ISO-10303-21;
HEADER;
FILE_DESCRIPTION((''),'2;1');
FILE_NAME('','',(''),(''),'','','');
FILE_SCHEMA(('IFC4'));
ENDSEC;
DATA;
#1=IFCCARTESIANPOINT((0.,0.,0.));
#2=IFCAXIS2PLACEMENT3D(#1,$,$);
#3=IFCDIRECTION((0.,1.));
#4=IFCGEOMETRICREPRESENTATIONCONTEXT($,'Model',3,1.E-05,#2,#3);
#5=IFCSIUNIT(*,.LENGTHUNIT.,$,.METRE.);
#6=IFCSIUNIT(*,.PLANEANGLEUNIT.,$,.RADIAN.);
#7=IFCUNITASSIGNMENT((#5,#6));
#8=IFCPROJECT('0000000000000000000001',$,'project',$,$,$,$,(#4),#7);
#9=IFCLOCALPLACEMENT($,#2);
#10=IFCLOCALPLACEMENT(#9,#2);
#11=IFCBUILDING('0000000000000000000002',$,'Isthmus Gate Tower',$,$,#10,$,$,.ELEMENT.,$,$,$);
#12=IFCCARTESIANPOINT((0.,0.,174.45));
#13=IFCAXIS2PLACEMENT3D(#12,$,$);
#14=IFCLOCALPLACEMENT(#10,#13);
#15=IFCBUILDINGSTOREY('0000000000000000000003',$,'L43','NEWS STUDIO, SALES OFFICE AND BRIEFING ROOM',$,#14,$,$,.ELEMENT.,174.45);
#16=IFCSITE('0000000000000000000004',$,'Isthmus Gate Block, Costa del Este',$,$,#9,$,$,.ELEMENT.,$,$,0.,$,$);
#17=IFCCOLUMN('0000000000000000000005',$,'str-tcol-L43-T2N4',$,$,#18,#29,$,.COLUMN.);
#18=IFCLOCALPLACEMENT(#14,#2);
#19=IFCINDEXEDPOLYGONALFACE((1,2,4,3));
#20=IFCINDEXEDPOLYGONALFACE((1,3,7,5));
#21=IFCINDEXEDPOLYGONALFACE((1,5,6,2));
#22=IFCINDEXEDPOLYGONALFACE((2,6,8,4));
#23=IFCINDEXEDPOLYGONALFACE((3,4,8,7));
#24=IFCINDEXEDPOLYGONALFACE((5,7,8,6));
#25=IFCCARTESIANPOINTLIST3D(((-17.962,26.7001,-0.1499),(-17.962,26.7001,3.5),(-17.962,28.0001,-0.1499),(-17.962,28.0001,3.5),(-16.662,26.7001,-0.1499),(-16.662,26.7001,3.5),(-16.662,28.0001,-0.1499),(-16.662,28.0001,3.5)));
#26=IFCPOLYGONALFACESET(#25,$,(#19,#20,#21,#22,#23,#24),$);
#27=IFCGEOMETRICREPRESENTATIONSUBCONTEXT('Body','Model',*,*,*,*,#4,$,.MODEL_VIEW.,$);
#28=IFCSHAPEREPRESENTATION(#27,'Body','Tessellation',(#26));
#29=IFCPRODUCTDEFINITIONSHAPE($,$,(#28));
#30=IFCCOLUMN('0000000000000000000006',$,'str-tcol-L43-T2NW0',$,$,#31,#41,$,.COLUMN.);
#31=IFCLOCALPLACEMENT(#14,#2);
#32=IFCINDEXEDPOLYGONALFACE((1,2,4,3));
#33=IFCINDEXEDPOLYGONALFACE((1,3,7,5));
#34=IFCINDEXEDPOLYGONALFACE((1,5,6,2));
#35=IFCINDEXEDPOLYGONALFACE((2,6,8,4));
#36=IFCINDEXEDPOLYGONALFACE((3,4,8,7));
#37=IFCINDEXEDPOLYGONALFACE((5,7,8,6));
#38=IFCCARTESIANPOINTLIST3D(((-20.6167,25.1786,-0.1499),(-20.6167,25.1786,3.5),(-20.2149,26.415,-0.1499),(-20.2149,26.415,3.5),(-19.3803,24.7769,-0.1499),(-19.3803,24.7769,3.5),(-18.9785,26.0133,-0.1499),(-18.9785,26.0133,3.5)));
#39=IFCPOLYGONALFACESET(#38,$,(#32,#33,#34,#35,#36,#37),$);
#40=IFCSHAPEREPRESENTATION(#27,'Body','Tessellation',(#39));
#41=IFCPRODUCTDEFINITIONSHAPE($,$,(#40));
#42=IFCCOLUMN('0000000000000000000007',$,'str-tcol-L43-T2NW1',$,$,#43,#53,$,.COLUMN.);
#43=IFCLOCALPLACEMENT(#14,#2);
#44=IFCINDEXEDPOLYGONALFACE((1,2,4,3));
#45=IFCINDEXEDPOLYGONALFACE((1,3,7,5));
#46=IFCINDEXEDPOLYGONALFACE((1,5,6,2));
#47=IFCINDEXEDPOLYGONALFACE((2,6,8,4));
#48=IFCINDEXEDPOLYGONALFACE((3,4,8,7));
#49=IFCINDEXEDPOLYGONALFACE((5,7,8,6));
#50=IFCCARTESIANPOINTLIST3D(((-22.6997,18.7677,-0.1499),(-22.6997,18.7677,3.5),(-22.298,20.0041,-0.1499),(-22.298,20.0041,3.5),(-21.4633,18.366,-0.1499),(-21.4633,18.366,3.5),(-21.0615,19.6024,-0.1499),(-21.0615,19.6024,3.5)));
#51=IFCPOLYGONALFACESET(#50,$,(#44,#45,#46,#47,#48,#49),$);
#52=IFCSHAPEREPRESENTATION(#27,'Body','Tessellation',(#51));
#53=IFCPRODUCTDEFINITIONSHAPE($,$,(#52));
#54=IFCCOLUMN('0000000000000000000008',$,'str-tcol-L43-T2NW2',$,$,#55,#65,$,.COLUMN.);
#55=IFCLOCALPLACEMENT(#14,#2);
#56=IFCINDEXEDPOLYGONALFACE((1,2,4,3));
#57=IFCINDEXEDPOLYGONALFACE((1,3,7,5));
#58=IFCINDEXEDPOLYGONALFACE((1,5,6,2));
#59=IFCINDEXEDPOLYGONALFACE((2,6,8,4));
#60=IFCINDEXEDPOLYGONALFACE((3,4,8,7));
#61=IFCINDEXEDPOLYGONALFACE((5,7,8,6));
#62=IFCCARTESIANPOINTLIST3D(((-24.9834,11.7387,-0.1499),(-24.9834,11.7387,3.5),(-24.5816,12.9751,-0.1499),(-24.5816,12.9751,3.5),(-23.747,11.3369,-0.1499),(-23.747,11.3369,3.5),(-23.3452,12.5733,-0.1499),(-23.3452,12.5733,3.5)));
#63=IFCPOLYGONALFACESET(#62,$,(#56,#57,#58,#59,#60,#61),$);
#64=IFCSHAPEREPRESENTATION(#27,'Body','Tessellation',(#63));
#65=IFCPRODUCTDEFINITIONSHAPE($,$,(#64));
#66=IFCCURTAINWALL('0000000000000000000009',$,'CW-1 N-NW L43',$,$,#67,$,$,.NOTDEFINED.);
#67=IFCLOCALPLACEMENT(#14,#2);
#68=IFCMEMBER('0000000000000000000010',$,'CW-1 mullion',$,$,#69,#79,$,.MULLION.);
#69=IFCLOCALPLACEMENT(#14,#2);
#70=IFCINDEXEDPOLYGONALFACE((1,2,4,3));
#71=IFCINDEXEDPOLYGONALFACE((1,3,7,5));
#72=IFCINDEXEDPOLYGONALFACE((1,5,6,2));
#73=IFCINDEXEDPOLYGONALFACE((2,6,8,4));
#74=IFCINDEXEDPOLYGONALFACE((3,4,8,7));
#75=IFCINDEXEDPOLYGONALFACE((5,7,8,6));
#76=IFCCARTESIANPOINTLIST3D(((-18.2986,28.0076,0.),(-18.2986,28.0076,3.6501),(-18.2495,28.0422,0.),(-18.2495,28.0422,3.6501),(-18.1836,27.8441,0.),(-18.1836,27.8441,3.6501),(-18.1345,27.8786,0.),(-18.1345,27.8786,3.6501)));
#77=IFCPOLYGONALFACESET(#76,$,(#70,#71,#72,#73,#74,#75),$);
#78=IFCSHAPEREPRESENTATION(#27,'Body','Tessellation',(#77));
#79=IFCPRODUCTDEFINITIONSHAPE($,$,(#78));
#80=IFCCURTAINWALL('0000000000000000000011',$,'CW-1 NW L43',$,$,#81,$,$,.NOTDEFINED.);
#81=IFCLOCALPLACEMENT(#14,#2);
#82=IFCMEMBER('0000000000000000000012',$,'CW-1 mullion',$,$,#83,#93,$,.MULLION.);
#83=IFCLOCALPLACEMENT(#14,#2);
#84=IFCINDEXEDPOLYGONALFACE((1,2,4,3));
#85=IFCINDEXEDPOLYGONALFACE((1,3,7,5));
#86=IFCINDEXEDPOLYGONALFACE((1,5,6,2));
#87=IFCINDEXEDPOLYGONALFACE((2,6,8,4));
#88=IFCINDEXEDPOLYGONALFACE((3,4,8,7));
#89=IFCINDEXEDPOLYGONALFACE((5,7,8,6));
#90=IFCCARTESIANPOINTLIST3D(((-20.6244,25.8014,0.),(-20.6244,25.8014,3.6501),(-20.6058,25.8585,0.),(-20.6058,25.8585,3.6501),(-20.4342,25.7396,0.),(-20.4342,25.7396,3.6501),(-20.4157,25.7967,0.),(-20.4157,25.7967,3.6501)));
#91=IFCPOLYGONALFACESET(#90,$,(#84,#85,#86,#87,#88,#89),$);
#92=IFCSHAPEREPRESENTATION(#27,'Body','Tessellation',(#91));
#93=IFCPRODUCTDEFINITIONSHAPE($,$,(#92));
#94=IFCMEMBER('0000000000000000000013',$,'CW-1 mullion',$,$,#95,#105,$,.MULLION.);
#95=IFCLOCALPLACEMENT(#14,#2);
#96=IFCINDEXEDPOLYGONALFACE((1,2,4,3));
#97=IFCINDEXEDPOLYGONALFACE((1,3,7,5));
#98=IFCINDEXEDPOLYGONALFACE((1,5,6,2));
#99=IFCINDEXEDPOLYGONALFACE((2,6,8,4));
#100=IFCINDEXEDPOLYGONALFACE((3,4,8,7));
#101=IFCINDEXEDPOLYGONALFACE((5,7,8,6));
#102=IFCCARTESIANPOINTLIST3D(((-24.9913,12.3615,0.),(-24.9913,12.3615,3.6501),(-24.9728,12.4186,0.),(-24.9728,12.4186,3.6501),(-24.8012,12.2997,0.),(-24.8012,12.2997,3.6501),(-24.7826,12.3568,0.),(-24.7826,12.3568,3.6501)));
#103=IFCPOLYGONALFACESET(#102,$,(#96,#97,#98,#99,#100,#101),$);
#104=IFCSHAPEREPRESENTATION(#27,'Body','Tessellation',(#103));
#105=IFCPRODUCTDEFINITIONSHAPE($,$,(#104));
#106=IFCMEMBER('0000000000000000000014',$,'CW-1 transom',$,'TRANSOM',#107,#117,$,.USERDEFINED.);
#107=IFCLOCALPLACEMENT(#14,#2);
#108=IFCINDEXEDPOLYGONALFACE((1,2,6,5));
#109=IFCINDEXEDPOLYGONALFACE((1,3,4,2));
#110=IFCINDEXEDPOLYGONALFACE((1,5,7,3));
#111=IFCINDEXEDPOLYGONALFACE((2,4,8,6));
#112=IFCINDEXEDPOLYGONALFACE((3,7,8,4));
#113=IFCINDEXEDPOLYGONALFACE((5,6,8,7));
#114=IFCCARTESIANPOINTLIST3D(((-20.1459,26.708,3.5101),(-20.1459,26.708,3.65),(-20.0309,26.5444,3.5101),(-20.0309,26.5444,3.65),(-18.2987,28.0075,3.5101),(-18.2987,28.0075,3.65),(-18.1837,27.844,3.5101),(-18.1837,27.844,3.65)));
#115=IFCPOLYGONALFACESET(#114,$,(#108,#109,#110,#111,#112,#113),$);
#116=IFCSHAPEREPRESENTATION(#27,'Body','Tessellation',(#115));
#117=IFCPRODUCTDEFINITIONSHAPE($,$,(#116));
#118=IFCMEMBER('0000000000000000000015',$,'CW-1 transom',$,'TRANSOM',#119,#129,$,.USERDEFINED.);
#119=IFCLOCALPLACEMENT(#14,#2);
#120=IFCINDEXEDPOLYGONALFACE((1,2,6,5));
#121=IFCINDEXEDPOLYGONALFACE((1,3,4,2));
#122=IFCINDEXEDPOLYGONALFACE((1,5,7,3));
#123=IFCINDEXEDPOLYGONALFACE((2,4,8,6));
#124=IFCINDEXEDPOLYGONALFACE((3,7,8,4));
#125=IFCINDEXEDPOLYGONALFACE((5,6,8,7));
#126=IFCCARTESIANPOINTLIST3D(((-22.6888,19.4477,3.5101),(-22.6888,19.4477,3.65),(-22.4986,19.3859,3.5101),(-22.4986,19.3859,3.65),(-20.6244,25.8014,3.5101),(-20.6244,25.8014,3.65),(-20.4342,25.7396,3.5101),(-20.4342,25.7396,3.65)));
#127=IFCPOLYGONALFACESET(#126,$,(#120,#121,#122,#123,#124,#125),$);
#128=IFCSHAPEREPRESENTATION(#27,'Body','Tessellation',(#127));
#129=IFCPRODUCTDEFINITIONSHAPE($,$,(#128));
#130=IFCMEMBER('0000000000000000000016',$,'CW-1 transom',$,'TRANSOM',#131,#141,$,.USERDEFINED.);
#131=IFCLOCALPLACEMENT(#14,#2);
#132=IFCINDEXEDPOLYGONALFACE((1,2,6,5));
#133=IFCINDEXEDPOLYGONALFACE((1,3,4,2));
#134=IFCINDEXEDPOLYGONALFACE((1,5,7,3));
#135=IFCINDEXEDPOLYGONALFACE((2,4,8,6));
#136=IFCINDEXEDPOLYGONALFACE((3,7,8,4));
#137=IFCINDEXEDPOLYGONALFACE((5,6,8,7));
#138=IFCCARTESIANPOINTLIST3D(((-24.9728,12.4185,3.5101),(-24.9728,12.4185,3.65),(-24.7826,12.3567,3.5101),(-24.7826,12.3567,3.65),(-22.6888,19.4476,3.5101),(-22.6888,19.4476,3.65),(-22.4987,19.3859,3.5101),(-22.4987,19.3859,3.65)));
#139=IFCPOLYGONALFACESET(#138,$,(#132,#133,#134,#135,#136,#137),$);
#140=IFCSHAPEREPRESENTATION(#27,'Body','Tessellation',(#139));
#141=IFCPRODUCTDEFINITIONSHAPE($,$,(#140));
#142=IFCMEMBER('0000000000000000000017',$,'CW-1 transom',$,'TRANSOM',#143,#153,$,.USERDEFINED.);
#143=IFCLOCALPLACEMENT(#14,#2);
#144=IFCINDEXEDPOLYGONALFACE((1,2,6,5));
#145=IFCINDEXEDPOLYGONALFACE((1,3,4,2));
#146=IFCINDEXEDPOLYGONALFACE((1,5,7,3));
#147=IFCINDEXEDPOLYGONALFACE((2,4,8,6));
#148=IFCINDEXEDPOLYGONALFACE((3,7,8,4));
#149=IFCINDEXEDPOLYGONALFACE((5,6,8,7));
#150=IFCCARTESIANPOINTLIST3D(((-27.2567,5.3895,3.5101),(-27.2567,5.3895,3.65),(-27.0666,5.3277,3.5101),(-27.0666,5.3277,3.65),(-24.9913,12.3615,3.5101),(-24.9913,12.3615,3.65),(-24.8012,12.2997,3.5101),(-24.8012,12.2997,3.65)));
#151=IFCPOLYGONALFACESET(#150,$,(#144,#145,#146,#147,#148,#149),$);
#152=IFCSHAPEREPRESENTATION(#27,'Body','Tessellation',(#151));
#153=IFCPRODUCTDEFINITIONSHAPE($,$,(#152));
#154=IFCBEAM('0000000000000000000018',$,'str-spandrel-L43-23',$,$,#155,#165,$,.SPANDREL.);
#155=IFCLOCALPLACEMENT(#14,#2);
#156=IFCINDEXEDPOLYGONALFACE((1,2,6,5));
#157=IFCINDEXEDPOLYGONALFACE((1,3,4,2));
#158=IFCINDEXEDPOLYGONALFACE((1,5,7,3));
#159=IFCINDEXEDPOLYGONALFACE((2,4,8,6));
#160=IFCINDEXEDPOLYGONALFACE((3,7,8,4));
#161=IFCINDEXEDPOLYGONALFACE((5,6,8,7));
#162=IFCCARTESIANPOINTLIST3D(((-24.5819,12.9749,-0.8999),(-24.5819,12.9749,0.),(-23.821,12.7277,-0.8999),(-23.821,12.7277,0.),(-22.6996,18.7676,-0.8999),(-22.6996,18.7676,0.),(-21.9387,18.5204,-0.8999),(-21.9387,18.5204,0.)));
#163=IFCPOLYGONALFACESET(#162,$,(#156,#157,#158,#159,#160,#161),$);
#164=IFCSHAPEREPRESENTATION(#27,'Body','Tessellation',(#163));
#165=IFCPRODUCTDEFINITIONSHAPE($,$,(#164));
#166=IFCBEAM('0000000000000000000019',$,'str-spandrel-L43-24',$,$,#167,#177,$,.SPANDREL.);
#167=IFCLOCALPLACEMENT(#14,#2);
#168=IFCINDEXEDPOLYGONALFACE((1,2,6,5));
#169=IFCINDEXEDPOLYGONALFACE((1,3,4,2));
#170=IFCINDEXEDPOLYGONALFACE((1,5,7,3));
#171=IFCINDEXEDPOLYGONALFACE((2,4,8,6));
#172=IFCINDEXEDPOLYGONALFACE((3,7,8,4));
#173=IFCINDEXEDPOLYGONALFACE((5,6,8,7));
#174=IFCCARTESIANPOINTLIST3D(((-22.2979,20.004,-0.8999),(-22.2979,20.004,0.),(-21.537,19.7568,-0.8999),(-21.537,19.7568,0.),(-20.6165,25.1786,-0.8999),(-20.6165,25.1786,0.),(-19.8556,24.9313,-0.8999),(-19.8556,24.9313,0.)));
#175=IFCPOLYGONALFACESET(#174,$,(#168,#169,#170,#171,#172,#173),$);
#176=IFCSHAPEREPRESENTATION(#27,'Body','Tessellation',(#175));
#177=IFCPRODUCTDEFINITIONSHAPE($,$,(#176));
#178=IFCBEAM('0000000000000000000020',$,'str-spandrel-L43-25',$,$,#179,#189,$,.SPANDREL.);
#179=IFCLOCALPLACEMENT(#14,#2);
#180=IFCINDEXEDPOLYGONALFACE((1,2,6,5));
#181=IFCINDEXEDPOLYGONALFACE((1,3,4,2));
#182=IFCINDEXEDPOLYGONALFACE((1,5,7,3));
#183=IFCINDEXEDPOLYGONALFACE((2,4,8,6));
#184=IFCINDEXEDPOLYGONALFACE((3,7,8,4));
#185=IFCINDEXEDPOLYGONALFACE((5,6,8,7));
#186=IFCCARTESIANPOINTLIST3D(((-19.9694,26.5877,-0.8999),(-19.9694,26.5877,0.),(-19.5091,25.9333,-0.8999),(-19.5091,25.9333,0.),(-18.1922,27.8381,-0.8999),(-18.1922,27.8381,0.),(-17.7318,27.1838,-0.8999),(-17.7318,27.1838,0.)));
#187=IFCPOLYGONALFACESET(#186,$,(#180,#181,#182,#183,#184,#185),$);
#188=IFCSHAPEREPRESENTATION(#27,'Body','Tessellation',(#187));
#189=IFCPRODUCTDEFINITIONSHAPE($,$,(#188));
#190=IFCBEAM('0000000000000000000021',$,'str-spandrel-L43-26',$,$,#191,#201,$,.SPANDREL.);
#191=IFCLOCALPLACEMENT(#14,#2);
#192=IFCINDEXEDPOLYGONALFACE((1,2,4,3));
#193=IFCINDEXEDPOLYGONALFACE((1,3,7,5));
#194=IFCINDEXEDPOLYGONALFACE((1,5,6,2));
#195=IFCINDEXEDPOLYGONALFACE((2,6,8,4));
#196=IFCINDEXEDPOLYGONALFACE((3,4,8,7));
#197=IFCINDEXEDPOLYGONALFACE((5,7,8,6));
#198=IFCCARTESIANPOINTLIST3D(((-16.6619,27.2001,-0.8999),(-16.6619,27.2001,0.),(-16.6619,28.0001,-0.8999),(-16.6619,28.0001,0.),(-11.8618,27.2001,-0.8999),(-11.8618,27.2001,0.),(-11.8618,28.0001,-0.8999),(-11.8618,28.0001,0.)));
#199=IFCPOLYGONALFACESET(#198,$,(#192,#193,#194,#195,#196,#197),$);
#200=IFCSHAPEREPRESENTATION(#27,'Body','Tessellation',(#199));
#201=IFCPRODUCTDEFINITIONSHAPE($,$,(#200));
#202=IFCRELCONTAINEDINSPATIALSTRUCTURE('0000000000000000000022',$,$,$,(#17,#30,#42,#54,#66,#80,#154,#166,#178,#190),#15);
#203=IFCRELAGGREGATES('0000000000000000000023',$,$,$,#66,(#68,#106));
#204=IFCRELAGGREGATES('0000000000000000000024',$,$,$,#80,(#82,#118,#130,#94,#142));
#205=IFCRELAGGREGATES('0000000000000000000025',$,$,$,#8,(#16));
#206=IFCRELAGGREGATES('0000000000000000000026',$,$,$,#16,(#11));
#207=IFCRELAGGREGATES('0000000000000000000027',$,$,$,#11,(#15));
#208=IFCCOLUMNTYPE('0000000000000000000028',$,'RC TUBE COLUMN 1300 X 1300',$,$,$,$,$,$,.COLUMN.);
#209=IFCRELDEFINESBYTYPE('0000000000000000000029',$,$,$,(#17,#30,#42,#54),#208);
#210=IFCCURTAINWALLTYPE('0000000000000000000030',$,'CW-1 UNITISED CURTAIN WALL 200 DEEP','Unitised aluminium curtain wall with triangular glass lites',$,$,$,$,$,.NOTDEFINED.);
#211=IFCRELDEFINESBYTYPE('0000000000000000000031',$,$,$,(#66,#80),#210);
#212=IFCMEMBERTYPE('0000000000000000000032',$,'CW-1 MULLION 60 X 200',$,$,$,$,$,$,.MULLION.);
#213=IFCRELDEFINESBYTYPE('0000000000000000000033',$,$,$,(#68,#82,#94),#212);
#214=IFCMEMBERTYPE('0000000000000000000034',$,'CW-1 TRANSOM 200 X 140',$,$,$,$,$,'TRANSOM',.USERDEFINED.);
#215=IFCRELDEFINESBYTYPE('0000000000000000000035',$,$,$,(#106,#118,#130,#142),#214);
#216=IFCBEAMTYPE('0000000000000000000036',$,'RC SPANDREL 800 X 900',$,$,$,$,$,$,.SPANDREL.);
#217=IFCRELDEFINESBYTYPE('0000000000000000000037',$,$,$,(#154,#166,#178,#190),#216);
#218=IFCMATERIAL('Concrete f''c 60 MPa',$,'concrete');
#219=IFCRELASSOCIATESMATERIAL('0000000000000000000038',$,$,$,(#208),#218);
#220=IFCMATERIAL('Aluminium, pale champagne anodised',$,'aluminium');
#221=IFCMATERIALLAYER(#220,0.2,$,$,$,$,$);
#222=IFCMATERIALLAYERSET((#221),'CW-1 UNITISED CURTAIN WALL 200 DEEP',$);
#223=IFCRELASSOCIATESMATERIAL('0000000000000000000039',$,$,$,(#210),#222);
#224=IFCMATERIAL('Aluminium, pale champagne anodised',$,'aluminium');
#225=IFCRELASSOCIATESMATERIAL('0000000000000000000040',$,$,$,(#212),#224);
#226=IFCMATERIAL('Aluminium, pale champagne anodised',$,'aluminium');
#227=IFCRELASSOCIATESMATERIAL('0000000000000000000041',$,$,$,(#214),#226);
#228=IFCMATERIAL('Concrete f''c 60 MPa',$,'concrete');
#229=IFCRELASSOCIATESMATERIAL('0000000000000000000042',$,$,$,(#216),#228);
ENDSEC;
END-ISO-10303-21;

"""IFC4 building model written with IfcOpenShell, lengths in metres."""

from ifc_helpers import new_model, si_unit, direction, frame, origin, origin_2d, place, context, subcontext, project, spatial, rectangle, extrude, material, layer, layer_set, material_profile, profile_set, type_object, element, aggregate, save


model = new_model("IFC4")

# Units and contexts
model_context = context("Model", 3, precision=1e-05, world=origin(), true_north=direction((0.0, 1.0)))
body_context = subcontext(model_context, "Body", "Model", "MODEL_VIEW")
ifc_project = project(units=[si_unit("LENGTHUNIT", "METRE"), si_unit("PLANEANGLEUNIT", "RADIAN")], contexts=[model_context])

# Site, building, storey
site_placement = place(None, origin())
site = spatial("IfcSite", under=ifc_project, at=site_placement, Name="Isthmus Gate Block, Costa del Este", CompositionType="ELEMENT", RefElevation=0.0)
building_placement = place(site_placement, origin())
building = spatial("IfcBuilding", under=site, at=building_placement, Name="Isthmus Gate Tower", CompositionType="ELEMENT")
storey_placement = place(building_placement, frame((0.0, 0.0, 174.45)))
storey = spatial("IfcBuildingStorey", under=building, at=storey_placement, Name="L43", Description="NEWS STUDIO, SALES OFFICE AND BRIEFING ROOM", CompositionType="ELEMENT", Elevation=174.45)

# Columns
ifc_material_1 = material(Name="Concrete f'c 60 MPa", Category="concrete")
ifc_material_profile_1 = material_profile(ifc_material_1, rectangle(XDim=1.3, YDim=1.3, at=origin_2d()), Name="RC 1300X1300")
ifc_profile_set_1 = profile_set([ifc_material_profile_1], Name="Concrete f'c 60 MPa")
column_type = type_object("IfcColumnType", Name="RC TUBE COLUMN 1300 X 1300", PredefinedType="COLUMN", material=ifc_profile_set_1)
for number, where, z_axis, x_axis, name in (
    (1, (-17.312, 27.3501, -0.1499), (0.0, 0.0, 1.0), (-1.0, 0.0, 0.0), "str-tcol-L43-T2N4"),
    (2, (-19.7976, 25.5959, -0.1499), (0.0, 0.0, 1.0), (-0.309017, -0.951057, 0.0), "str-tcol-L43-T2NW0"),
    (3, (-21.8806, 19.1851, -0.1499), (0.0, 0.0, 1.0), (-0.309017, -0.951057, 0.0), "str-tcol-L43-T2NW1"),
    (4, (-24.1643, 12.156, -0.1499), (0.0, 0.0, 1.0), (-0.309017, -0.951057, 0.0), "str-tcol-L43-T2NW2"),
):
    element("IfcColumn", number, at=place(storey_placement, frame(where, z_axis=z_axis, x_axis=x_axis)), inside=storey, type_object=column_type, Name=name, PredefinedType="COLUMN", context=body_context, shape_type="SweptSolid", body=[
        extrude(rectangle(XDim=1.3, YDim=1.3, at=origin_2d()), origin(), (0.0, 0.0, 1.0), 3.6499),
    ])

# Curtain wall, member
ifc_material_2 = material(Name="Aluminium, pale champagne anodised", Category="aluminium")
ifc_layer_1 = layer(ifc_material_2, 0.2)
ifc_layer_set_1 = layer_set([ifc_layer_1], Name="CW-1 UNITISED CURTAIN WALL 200 DEEP")
curtain_wall_type = type_object("IfcCurtainWallType", Name="CW-1 UNITISED CURTAIN WALL 200 DEEP", Description="Unitised aluminium curtain wall with triangular glass lites", PredefinedType="NOTDEFINED", material=ifc_layer_set_1)
curtain_wall_1_placement = place(storey_placement, origin())
curtain_wall_1 = element("IfcCurtainWall", 5, at=curtain_wall_1_placement, inside=storey, type_object=curtain_wall_type, Name="CW-1 N-NW L43", PredefinedType="NOTDEFINED")
ifc_material_3 = material(Name="Aluminium, pale champagne anodised", Category="aluminium")
ifc_material_profile_2 = material_profile(ifc_material_3, rectangle(XDim=0.0601, YDim=0.2, at=origin_2d()), Name="60x200")
ifc_profile_set_2 = profile_set([ifc_material_profile_2], Name="Aluminium, pale champagne anodised")
member_type_1 = type_object("IfcMemberType", Name="CW-1 MULLION 60 X 200", PredefinedType="MULLION", material=ifc_profile_set_2)
member_1_placement = place(storey_placement, frame((-18.2166, 27.9431, 0.0), z_axis=(0.0, 0.0, 1.0), x_axis=(-0.81786, -0.575418, 0.0)))
member_1 = element("IfcMember", 6, at=member_1_placement, type_object=member_type_1, Name="CW-1 mullion", PredefinedType="MULLION", context=body_context, shape_type="SweptSolid", body=[
    extrude(rectangle(XDim=0.0601, YDim=0.2, at=origin_2d()), origin(), (0.0, 0.0, 1.0), 3.6501),
])

# Curtain wall, members
curtain_wall_2_placement = place(storey_placement, origin())
curtain_wall_2 = element("IfcCurtainWall", 7, at=curtain_wall_2_placement, inside=storey, type_object=curtain_wall_type, Name="CW-1 NW L43", PredefinedType="NOTDEFINED")
member_2_placement = place(storey_placement, frame((-20.52, 25.7991, 0.0), z_axis=(0.0, 0.0, 1.0), x_axis=(-0.309017, -0.951057, 0.0)))
member_2 = element("IfcMember", 8, at=member_2_placement, type_object=member_type_1, Name="CW-1 mullion", PredefinedType="MULLION", context=body_context, shape_type="SweptSolid", body=[
    extrude(rectangle(XDim=0.0601, YDim=0.2, at=origin_2d()), origin(), (0.0, 0.0, 1.0), 3.6501),
])
member_3_placement = place(storey_placement, frame((-24.887, 12.3591, 0.0), z_axis=(0.0, 0.0, 1.0), x_axis=(-0.309017, -0.951057, 0.0)))
member_3 = element("IfcMember", 9, at=member_3_placement, type_object=member_type_1, Name="CW-1 mullion", PredefinedType="MULLION", context=body_context, shape_type="SweptSolid", body=[
    extrude(rectangle(XDim=0.0601, YDim=0.2, at=origin_2d()), origin(), (0.0, 0.0, 1.0), 3.6501),
])

# Members
ifc_material_4 = material(Name="Aluminium, pale champagne anodised", Category="aluminium")
ifc_material_profile_3 = material_profile(ifc_material_4, rectangle(XDim=0.2, YDim=0.1399, at=origin_2d()), Name="200x140")
ifc_profile_set_3 = profile_set([ifc_material_profile_3], Name="Aluminium, pale champagne anodised")
member_type_2 = type_object("IfcMemberType", Name="CW-1 TRANSOM 200 X 140", ElementType="TRANSOM", PredefinedType="USERDEFINED", material=ifc_profile_set_3)
member_4_placement = place(storey_placement, frame((-18.2412, 27.9258, 3.5801), z_axis=(-0.817869, -0.575405, 0.0), x_axis=(0.575405, -0.817869, 0.0)))
member_4 = element("IfcMember", 10, at=member_4_placement, type_object=member_type_2, Name="CW-1 transom", ObjectType="TRANSOM", PredefinedType="USERDEFINED", context=body_context, shape_type="SweptSolid", body=[
    extrude(rectangle(XDim=0.2, YDim=0.1399, at=origin_2d()), origin(), (0.0, 0.0, 1.0), 2.2585),
])
member_5_placement = place(storey_placement, frame((-20.5293, 25.7705, 3.5801), z_axis=(-0.309016, -0.951057, 0.0), x_axis=(0.951057, -0.309016, 0.0)))
member_5 = element("IfcMember", 11, at=member_5_placement, type_object=member_type_2, Name="CW-1 transom", ObjectType="TRANSOM", PredefinedType="USERDEFINED", context=body_context, shape_type="SweptSolid", body=[
    extrude(rectangle(XDim=0.2, YDim=0.1399, at=origin_2d()), origin(), (0.0, 0.0, 1.0), 6.6807),
])
member_6_placement = place(storey_placement, frame((-22.5938, 19.4167, 3.5801), z_axis=(-0.309024, -0.951054, 0.0), x_axis=(0.951054, -0.309024, 0.0)))
member_6 = element("IfcMember", 12, at=member_6_placement, type_object=member_type_2, Name="CW-1 transom", ObjectType="TRANSOM", PredefinedType="USERDEFINED", context=body_context, shape_type="SweptSolid", body=[
    extrude(rectangle(XDim=0.2, YDim=0.1399, at=origin_2d()), origin(), (0.0, 0.0, 1.0), 7.3909),
])
member_7_placement = place(storey_placement, frame((-24.8962, 12.3306, 3.5801), z_axis=(-0.309025, -0.951054, 0.0), x_axis=(0.951054, -0.309025, 0.0)))
member_7 = element("IfcMember", 13, at=member_7_placement, type_object=member_type_2, Name="CW-1 transom", ObjectType="TRANSOM", PredefinedType="USERDEFINED", context=body_context, shape_type="SweptSolid", body=[
    extrude(rectangle(XDim=0.2, YDim=0.1399, at=origin_2d()), origin(), (0.0, 0.0, 1.0), 7.3308),
])

# Beams
ifc_material_5 = material(Name="Concrete f'c 60 MPa", Category="concrete")
ifc_material_profile_4 = material_profile(ifc_material_5, rectangle(XDim=0.8, YDim=0.8999, at=origin_2d()), Name="RC 800X900")
ifc_profile_set_4 = profile_set([ifc_material_profile_4], Name="Concrete f'c 60 MPa")
beam_type_1 = type_object("IfcBeamType", Name="RC SPANDREL 800 X 900", PredefinedType="SPANDREL", material=ifc_profile_set_4)
beam_1_placement = place(storey_placement, frame((-24.2014, 12.8513, -0.45), z_axis=(0.30904, 0.951049, 0.0), x_axis=(-0.951049, 0.30904, 0.0)))
element("IfcBeam", 14, at=beam_1_placement, inside=storey, type_object=beam_type_1, Name="str-spandrel-L43-23", PredefinedType="SPANDREL", context=body_context, shape_type="SweptSolid", body=[
    extrude(rectangle(XDim=0.8, YDim=0.8999, at=origin_2d()), origin(), (0.0, 0.0, 1.0), 6.0908),
])
beam_2_placement = place(storey_placement, frame((-21.9175, 19.8804, -0.45), z_axis=(0.30903, 0.951052, 0.0), x_axis=(-0.951052, 0.30903, 0.0)))
element("IfcBeam", 15, at=beam_2_placement, inside=storey, type_object=beam_type_1, Name="str-spandrel-L43-24", PredefinedType="SPANDREL", context=body_context, shape_type="SweptSolid", body=[
    extrude(rectangle(XDim=0.8, YDim=0.8999, at=origin_2d()), origin(), (0.0, 0.0, 1.0), 5.4409),
])
beam_3_placement = place(storey_placement, frame((-19.7393, 26.2605, -0.45), z_axis=(0.817857, 0.575421, 0.0), x_axis=(-0.575421, 0.817857, 0.0)))
element("IfcBeam", 16, at=beam_3_placement, inside=storey, type_object=beam_type_1, Name="str-spandrel-L43-25", PredefinedType="SPANDREL", context=body_context, shape_type="SweptSolid", body=[
    extrude(rectangle(XDim=0.8, YDim=0.8999, at=origin_2d()), origin(), (0.0, 0.0, 1.0), 2.1731),
])
beam_4_placement = place(storey_placement, frame((-16.6619, 27.6001, -0.45), z_axis=(1.0, 0.0, 0.0), x_axis=(0.0, 1.0, 0.0)))
element("IfcBeam", 17, at=beam_4_placement, inside=storey, type_object=beam_type_1, Name="str-spandrel-L43-26", PredefinedType="SPANDREL", context=body_context, shape_type="SweptSolid", body=[
    extrude(rectangle(XDim=0.8, YDim=0.8999, at=origin_2d()), origin(), (0.0, 0.0, 1.0), 4.8),
])

aggregate(curtain_wall_1, [member_1, member_4])

aggregate(curtain_wall_2, [member_2, member_5, member_6, member_3, member_7])

save(model, "model.ifc")
